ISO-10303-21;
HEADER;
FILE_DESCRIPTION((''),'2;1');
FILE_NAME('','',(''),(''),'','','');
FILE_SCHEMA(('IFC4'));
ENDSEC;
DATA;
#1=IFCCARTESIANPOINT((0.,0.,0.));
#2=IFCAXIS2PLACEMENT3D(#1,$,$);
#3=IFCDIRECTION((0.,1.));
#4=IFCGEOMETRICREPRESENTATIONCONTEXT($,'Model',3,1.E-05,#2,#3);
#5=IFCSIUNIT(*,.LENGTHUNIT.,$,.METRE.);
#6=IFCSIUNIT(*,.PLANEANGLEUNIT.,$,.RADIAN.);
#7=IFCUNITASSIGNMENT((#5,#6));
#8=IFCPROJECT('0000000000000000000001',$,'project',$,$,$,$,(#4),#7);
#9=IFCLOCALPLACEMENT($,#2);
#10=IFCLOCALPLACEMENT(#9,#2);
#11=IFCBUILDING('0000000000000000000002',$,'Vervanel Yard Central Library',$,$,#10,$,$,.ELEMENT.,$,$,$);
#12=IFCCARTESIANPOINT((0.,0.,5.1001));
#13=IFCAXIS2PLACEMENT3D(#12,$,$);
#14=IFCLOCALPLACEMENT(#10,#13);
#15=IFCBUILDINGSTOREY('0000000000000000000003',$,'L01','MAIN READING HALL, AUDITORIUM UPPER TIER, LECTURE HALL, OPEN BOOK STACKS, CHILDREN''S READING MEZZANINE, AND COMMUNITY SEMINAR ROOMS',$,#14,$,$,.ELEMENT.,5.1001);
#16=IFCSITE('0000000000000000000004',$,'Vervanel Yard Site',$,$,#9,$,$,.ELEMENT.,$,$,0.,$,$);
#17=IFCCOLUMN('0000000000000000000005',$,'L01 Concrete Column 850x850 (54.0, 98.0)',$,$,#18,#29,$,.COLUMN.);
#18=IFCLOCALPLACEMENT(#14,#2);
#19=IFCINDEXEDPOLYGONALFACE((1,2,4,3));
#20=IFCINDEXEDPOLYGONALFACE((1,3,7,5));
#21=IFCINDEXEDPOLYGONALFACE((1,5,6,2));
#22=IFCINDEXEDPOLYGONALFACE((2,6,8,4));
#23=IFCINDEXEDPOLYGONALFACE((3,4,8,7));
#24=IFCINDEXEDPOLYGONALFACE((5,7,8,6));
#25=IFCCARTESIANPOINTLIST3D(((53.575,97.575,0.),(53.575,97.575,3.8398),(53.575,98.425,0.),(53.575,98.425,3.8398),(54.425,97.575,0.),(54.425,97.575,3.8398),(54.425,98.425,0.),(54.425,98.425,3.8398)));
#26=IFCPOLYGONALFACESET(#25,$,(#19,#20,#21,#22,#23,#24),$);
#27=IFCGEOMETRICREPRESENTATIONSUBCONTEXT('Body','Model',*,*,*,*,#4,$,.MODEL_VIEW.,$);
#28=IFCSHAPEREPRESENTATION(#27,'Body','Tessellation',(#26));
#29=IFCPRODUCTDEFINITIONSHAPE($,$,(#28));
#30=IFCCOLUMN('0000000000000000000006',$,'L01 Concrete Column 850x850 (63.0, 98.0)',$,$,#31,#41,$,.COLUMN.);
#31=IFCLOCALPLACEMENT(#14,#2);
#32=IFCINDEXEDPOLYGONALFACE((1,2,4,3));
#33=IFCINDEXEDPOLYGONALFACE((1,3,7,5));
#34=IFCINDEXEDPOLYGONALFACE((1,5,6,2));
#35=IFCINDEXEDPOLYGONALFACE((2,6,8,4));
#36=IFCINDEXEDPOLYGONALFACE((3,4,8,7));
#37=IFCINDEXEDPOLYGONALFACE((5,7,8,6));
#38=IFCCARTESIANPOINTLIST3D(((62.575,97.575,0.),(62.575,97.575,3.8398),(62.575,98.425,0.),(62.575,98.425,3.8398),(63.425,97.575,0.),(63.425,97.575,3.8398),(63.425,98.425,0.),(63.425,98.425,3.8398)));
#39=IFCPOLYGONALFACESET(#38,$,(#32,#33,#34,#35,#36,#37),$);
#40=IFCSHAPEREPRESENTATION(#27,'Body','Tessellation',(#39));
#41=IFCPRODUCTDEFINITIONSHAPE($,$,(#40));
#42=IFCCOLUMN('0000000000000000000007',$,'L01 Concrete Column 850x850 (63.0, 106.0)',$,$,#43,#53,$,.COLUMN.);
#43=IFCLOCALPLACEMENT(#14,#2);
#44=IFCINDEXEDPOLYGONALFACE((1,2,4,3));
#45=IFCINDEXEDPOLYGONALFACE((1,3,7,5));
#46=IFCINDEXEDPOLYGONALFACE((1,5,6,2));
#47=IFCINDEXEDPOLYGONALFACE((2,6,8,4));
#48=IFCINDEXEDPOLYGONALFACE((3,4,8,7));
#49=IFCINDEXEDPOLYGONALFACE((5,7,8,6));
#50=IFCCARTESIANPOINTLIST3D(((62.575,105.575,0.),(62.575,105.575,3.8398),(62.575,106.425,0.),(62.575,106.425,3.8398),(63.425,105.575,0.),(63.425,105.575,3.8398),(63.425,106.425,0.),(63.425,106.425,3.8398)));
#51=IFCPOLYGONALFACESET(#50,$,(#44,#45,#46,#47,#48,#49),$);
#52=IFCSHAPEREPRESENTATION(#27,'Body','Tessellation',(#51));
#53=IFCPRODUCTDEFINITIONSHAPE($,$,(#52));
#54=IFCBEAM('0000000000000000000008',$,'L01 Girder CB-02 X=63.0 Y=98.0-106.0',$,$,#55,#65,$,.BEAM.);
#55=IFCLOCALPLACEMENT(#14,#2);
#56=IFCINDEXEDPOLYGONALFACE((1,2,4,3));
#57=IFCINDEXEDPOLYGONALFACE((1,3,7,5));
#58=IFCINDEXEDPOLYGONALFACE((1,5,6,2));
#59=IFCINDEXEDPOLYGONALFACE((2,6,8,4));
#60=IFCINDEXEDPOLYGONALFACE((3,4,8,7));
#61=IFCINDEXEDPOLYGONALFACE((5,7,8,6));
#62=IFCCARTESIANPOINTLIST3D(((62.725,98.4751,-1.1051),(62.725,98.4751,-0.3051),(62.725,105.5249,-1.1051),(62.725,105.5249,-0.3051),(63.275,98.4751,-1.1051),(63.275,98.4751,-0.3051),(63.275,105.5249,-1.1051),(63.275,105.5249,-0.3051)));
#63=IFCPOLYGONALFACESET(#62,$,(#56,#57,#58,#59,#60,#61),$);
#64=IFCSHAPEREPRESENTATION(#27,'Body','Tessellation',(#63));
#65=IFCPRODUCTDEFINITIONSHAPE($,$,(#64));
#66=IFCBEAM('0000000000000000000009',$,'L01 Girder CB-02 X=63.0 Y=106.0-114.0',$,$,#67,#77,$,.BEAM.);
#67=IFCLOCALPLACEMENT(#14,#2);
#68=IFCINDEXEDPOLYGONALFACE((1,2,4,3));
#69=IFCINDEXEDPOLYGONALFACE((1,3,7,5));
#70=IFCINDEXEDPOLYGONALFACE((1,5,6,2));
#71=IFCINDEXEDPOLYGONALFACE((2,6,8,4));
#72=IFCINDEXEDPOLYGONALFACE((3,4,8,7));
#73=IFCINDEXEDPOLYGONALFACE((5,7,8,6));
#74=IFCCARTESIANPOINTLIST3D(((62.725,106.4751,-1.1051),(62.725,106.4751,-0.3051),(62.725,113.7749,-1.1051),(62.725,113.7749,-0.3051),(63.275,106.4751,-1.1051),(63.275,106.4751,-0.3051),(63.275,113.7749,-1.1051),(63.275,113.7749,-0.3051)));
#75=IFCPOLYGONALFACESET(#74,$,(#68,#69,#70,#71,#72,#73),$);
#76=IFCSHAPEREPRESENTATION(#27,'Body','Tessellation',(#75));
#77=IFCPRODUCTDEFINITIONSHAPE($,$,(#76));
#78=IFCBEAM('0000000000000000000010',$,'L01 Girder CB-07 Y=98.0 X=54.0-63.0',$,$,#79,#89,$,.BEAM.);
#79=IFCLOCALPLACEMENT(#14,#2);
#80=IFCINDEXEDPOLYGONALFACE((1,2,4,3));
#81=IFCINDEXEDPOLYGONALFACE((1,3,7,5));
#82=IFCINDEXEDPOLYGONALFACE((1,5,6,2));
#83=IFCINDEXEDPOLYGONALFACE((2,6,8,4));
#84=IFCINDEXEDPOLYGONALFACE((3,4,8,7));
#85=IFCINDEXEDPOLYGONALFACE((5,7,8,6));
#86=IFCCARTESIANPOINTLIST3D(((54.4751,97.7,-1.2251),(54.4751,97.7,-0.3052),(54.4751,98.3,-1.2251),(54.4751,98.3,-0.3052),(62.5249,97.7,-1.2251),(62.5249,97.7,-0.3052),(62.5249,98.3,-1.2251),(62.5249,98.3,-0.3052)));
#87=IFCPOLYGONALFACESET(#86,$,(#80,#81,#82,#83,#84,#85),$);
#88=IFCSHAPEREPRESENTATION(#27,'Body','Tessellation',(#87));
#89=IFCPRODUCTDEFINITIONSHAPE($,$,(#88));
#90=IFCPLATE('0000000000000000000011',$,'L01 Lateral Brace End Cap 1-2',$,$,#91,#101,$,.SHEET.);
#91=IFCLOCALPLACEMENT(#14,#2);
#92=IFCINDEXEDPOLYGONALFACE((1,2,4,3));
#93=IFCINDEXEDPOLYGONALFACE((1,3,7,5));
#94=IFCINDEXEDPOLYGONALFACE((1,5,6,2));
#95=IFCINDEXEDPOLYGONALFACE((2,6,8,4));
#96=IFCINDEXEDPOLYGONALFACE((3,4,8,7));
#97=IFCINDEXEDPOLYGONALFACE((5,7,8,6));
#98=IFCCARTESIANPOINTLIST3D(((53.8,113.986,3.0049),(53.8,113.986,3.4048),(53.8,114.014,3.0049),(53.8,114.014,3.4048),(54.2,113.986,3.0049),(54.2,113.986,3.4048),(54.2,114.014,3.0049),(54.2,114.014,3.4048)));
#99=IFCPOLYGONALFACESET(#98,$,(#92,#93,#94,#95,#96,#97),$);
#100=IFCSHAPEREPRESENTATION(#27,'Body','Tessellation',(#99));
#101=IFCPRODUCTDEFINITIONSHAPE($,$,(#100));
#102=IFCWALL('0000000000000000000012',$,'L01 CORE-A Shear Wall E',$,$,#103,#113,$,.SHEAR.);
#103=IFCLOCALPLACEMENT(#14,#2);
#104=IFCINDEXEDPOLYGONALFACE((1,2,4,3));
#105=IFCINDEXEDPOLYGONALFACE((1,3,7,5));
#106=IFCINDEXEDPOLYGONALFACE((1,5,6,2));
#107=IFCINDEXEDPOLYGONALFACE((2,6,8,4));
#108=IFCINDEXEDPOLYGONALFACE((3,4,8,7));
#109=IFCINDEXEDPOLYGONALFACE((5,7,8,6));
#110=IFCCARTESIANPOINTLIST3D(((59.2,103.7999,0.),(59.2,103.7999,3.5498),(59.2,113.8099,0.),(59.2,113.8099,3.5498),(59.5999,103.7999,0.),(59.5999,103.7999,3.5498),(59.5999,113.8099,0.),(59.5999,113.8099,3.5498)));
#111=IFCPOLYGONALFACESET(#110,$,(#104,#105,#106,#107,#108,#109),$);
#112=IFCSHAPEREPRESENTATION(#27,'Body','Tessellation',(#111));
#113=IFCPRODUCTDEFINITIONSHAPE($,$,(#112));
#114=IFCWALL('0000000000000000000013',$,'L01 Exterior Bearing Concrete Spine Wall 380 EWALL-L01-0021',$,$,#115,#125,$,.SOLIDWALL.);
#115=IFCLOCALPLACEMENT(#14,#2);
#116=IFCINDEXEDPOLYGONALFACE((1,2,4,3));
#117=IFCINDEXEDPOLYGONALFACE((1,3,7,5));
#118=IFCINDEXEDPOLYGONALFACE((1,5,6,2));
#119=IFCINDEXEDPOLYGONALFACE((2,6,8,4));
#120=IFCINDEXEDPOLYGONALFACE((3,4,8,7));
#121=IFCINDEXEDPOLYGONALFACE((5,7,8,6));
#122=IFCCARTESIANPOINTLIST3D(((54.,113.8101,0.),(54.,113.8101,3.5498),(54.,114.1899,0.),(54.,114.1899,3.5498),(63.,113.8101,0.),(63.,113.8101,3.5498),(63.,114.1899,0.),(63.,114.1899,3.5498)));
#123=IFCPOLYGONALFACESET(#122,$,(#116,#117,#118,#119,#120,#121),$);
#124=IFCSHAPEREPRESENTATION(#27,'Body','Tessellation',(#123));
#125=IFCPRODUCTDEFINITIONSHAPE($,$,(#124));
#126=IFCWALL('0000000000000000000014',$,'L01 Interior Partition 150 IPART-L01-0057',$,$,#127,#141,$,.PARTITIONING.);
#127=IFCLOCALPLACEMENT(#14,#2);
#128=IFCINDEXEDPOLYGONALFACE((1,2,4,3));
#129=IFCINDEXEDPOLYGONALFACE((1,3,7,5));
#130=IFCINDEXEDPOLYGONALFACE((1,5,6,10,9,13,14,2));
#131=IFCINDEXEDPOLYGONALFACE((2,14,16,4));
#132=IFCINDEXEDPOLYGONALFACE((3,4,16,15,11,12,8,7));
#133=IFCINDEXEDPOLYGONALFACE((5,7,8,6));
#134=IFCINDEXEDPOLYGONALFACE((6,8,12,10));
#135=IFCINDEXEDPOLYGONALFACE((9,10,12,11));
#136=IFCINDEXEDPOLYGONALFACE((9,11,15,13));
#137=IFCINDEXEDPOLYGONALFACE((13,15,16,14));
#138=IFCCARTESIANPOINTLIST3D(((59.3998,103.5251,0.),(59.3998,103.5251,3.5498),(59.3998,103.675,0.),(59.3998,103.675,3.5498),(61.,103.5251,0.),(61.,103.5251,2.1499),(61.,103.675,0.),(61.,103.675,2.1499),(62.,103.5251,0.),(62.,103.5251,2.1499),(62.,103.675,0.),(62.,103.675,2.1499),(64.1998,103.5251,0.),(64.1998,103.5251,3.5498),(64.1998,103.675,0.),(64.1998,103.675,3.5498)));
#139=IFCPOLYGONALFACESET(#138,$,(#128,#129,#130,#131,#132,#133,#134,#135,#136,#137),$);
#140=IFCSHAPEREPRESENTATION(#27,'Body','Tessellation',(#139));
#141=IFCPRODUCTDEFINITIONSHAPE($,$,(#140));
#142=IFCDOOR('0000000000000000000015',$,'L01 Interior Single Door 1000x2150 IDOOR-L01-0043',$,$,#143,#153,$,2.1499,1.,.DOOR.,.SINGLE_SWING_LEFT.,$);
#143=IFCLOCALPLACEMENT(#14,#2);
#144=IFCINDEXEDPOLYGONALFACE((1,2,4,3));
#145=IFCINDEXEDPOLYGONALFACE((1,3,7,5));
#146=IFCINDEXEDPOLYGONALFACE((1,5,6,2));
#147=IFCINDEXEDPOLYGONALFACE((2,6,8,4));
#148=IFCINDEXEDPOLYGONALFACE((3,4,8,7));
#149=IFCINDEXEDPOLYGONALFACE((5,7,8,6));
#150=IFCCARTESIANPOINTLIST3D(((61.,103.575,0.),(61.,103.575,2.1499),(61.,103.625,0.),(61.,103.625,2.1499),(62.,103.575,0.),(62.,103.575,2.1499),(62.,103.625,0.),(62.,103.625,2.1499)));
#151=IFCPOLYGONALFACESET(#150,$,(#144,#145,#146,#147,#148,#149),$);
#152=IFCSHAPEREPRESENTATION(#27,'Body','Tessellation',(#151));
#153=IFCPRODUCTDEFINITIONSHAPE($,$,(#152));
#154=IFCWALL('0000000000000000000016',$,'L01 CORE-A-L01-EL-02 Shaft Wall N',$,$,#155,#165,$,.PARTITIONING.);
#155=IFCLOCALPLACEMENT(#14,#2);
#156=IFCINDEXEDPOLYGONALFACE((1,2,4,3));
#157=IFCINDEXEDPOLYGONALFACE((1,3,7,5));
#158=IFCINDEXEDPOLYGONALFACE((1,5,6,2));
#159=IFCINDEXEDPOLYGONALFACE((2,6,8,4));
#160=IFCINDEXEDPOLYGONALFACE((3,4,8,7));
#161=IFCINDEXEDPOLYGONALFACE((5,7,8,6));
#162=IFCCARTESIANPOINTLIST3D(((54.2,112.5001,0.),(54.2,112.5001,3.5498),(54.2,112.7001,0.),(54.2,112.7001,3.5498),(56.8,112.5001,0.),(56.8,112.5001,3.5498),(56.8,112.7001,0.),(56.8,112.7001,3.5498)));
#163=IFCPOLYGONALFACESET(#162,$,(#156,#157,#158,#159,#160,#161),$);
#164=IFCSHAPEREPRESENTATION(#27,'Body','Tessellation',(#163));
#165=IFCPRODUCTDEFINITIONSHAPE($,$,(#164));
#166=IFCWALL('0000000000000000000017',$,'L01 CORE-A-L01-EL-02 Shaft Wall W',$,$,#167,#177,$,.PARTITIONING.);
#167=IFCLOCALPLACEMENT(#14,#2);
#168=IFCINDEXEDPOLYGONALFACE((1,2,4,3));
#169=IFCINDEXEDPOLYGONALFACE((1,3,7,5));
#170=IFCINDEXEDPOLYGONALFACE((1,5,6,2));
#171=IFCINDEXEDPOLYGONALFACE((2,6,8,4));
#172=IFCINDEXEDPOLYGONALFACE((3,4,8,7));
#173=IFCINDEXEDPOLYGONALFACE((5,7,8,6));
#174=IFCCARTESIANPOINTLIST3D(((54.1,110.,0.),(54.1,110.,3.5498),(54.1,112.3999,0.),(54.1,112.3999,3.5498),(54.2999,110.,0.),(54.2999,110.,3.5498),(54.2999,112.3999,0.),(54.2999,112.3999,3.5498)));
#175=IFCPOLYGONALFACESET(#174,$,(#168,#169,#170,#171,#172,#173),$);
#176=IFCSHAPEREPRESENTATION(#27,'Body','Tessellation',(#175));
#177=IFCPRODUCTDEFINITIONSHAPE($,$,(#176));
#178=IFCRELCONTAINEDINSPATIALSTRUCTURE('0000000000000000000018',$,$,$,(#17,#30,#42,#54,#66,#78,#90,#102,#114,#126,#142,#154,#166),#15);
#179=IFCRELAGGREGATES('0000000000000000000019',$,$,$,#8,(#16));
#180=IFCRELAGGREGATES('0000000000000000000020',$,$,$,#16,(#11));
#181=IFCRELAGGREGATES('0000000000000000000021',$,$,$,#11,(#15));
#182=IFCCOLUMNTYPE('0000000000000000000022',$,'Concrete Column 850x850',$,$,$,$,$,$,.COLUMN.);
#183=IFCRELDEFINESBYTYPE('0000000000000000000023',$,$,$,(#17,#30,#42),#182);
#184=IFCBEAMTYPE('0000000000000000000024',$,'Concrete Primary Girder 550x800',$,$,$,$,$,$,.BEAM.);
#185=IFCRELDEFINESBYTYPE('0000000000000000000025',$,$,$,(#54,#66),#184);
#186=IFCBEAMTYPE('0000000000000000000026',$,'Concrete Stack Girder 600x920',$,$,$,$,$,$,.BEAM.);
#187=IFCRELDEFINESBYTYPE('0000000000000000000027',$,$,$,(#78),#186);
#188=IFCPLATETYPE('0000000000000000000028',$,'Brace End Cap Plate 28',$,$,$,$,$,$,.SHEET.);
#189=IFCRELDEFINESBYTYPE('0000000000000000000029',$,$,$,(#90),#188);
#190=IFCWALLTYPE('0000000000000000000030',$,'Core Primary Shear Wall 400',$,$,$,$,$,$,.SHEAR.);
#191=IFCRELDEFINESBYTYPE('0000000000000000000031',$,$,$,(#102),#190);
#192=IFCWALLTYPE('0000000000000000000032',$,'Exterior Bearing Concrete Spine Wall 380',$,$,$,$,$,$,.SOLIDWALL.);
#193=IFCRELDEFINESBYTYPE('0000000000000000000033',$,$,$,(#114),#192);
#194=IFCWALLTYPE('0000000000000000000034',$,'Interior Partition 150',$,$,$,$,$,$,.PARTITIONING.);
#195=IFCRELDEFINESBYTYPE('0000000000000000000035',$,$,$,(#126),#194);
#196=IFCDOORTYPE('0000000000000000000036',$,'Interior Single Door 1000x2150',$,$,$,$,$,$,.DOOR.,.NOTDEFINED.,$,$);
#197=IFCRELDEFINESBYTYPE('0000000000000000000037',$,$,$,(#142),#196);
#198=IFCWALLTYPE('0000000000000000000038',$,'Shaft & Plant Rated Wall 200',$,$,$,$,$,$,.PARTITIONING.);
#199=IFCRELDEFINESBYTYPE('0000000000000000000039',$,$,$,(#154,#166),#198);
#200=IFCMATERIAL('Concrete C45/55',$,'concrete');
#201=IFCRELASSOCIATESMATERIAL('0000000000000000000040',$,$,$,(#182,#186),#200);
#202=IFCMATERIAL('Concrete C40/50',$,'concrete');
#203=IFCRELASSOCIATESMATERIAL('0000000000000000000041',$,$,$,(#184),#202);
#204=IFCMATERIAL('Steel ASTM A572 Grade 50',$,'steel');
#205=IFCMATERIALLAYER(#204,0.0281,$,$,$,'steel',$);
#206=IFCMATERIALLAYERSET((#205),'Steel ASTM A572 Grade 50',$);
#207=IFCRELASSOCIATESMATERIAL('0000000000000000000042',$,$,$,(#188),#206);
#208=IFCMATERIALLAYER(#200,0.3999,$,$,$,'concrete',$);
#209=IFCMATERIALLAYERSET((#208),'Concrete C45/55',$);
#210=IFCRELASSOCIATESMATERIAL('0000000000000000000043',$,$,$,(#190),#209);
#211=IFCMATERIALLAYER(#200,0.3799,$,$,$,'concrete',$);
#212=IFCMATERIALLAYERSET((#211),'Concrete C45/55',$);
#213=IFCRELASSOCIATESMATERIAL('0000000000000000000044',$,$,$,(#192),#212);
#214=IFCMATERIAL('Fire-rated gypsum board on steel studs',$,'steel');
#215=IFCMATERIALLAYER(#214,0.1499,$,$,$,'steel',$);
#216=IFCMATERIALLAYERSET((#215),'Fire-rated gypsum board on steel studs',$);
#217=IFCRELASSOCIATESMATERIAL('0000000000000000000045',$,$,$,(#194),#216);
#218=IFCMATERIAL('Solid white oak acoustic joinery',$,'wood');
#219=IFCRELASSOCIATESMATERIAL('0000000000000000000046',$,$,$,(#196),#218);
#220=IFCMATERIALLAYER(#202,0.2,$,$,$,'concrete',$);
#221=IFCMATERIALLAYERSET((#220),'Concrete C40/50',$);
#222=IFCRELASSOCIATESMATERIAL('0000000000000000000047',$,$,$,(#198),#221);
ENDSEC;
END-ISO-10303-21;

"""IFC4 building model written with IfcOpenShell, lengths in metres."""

from ifc_helpers import new_model, si_unit, direction, frame, frame_2d, origin, origin_2d, place, context, subcontext, project, spatial, rectangle, extrude, material, layer, layer_set, material_profile, profile_set, type_object, element, fill, save


model = new_model("IFC4")

# Units and contexts
model_context = context("Model", 3, precision=1e-05, world=origin(), true_north=direction((0.0, 1.0)))
body_context = subcontext(model_context, "Body", "Model", "MODEL_VIEW")
ifc_project = project(units=[si_unit("LENGTHUNIT", "METRE"), si_unit("PLANEANGLEUNIT", "RADIAN")], contexts=[model_context])

# Site, building, storey
site_placement = place(None, origin())
site = spatial("IfcSite", under=ifc_project, at=site_placement, Name="Vervanel Yard Site", CompositionType="ELEMENT", RefElevation=0.0)
building_placement = place(site_placement, origin())
building = spatial("IfcBuilding", under=site, at=building_placement, Name="Vervanel Yard Central Library", CompositionType="ELEMENT")
storey_placement = place(building_placement, frame((0.0, 0.0, 5.1001)))
storey = spatial("IfcBuildingStorey", under=building, at=storey_placement, Name="L01", Description="MAIN READING HALL, AUDITORIUM UPPER TIER, LECTURE HALL, OPEN BOOK STACKS, CHILDREN'S READING MEZZANINE, AND COMMUNITY SEMINAR ROOMS", CompositionType="ELEMENT", Elevation=5.1001)

# Columns
ifc_material_1 = material(Name="Concrete C45/55", Category="concrete")
ifc_material_profile_1 = material_profile(ifc_material_1, rectangle(XDim=0.8501, YDim=0.8501, at=origin_2d()), Name="RC 850x850", Category="concrete")
ifc_profile_set_1 = profile_set([ifc_material_profile_1], Name="Concrete C45/55")
column_type = type_object("IfcColumnType", Name="Concrete Column 850x850", PredefinedType="COLUMN", material=ifc_profile_set_1)
for number, where, z_axis, x_axis, name in (
    (1, (54.0, 98.0, 0.0), (0.0, 0.0, 1.0), (1.0, 0.0, 0.0), "L01 Concrete Column 850x850 (54.0, 98.0)"),
    (2, (63.0, 98.0, 0.0), (0.0, 0.0, 1.0), (1.0, 0.0, 0.0), "L01 Concrete Column 850x850 (63.0, 98.0)"),
    (3, (63.0, 106.0, 0.0), (0.0, 0.0, 1.0), (1.0, 0.0, 0.0), "L01 Concrete Column 850x850 (63.0, 106.0)"),
):
    element("IfcColumn", number, at=place(storey_placement, frame(where, z_axis=z_axis, x_axis=x_axis)), inside=storey, type_object=column_type, Name=name, PredefinedType="COLUMN", context=body_context, shape_type="SweptSolid", body=[
        extrude(rectangle(XDim=0.8501, YDim=0.8501, at=origin_2d()), origin(), (0.0, 0.0, 1.0), 3.8398),
    ])

# Beams
ifc_material_2 = material(Name="Concrete C40/50", Category="concrete")
ifc_material_profile_2 = material_profile(ifc_material_2, rectangle(XDim=0.55, YDim=0.8, at=origin_2d()), Name="RC 550x800", Category="concrete")
ifc_profile_set_2 = profile_set([ifc_material_profile_2], Name="Concrete C40/50")
beam_type_1 = type_object("IfcBeamType", Name="Concrete Primary Girder 550x800", PredefinedType="BEAM", material=ifc_profile_set_2)
beam_1_placement = place(storey_placement, frame((63.0, 98.4751, -0.7051), z_axis=(0.0, 1.0, 0.0), x_axis=(-1.0, 0.0, 0.0)))
element("IfcBeam", 4, at=beam_1_placement, inside=storey, type_object=beam_type_1, Name="L01 Girder CB-02 X=63.0 Y=98.0-106.0", PredefinedType="BEAM", context=body_context, shape_type="SweptSolid", body=[
    extrude(rectangle(XDim=0.55, YDim=0.8, at=origin_2d()), origin(), (0.0, 0.0, 1.0), 7.0498),
])
beam_2_placement = place(storey_placement, frame((63.0, 106.4751, -0.7051), z_axis=(0.0, 1.0, 0.0), x_axis=(-1.0, 0.0, 0.0)))
element("IfcBeam", 5, at=beam_2_placement, inside=storey, type_object=beam_type_1, Name="L01 Girder CB-02 X=63.0 Y=106.0-114.0", PredefinedType="BEAM", context=body_context, shape_type="SweptSolid", body=[
    extrude(rectangle(XDim=0.55, YDim=0.8, at=origin_2d()), origin(), (0.0, 0.0, 1.0), 7.2998),
])
ifc_material_profile_3 = material_profile(ifc_material_1, rectangle(XDim=0.6001, YDim=0.9199, at=origin_2d()), Name="RC 600x920", Category="concrete")
ifc_profile_set_3 = profile_set([ifc_material_profile_3], Name="Concrete C45/55")
beam_type_2 = type_object("IfcBeamType", Name="Concrete Stack Girder 600x920", PredefinedType="BEAM", material=ifc_profile_set_3)
beam_3_placement = place(storey_placement, frame((54.4751, 98.0, -0.7651), z_axis=(1.0, 0.0, 0.0), x_axis=(0.0, 1.0, 0.0)))
element("IfcBeam", 6, at=beam_3_placement, inside=storey, type_object=beam_type_2, Name="L01 Girder CB-07 Y=98.0 X=54.0-63.0", PredefinedType="BEAM", context=body_context, shape_type="SweptSolid", body=[
    extrude(rectangle(XDim=0.6001, YDim=0.9199, at=origin_2d()), origin(), (0.0, 0.0, 1.0), 8.0498),
])

# Plate
ifc_material_3 = material(Name="Steel ASTM A572 Grade 50", Category="steel")
ifc_layer_1 = layer(ifc_material_3, 0.0281, Category="steel")
ifc_layer_set_1 = layer_set([ifc_layer_1], Name="Steel ASTM A572 Grade 50")
plate_type = type_object("IfcPlateType", Name="Brace End Cap Plate 28", PredefinedType="SHEET", material=ifc_layer_set_1)
plate_placement = place(storey_placement, frame((54.0, 114.0, 3.0049), z_axis=(0.0, 0.0, 1.0), x_axis=(1.0, 0.0, 0.0)))
element("IfcPlate", 7, at=plate_placement, inside=storey, type_object=plate_type, Name="L01 Lateral Brace End Cap 1-2", PredefinedType="SHEET", context=body_context, shape_type="SweptSolid", body=[
    extrude(rectangle(XDim=0.3999, YDim=0.0281, at=origin_2d()), origin(), (0.0, 0.0, 1.0), 0.3999),
])

# Walls
ifc_layer_2 = layer(ifc_material_1, 0.3999, Category="concrete")
ifc_layer_set_2 = layer_set([ifc_layer_2], Name="Concrete C45/55")
wall_type_1 = type_object("IfcWallType", Name="Core Primary Shear Wall 400", PredefinedType="SHEAR", material=ifc_layer_set_2)
wall_1_placement = place(storey_placement, frame((59.3999, 103.8, 0.0), z_axis=(0.0, 0.0, 1.0), x_axis=(0.0, 1.0, 0.0)))
element("IfcWall", 8, at=wall_1_placement, inside=storey, type_object=wall_type_1, Name="L01 CORE-A Shear Wall E", PredefinedType="SHEAR", context=body_context, shape_type="SweptSolid", body=[
    extrude(rectangle(XDim=10.01, YDim=0.3999, at=frame_2d((5.0049, 0.0))), origin(), (0.0, 0.0, 1.0), 3.5498),
])
ifc_layer_3 = layer(ifc_material_1, 0.3799, Category="concrete")
ifc_layer_set_3 = layer_set([ifc_layer_3], Name="Concrete C45/55")
wall_type_2 = type_object("IfcWallType", Name="Exterior Bearing Concrete Spine Wall 380", PredefinedType="SOLIDWALL", material=ifc_layer_set_3)
wall_2_placement = place(storey_placement, frame((54.0, 114.0, 0.0), z_axis=(0.0, 0.0, 1.0), x_axis=(1.0, 0.0, 0.0)))
element("IfcWall", 9, at=wall_2_placement, inside=storey, type_object=wall_type_2, Name="L01 Exterior Bearing Concrete Spine Wall 380 EWALL-L01-0021", PredefinedType="SOLIDWALL", context=body_context, shape_type="SweptSolid", body=[
    extrude(rectangle(XDim=9.0, YDim=0.3799, at=frame_2d((4.5, 0.0))), origin(), (0.0, 0.0, 1.0), 3.5498),
])

# Wall, opening, door
ifc_material_4 = material(Name="Fire-rated gypsum board on steel studs", Category="steel")
ifc_layer_4 = layer(ifc_material_4, 0.1499, Category="steel")
ifc_layer_set_4 = layer_set([ifc_layer_4], Name="Fire-rated gypsum board on steel studs")
wall_type_3 = type_object("IfcWallType", Name="Interior Partition 150", PredefinedType="PARTITIONING", material=ifc_layer_set_4)
wall_3_placement = place(storey_placement, frame((59.3999, 103.6001, 0.0), z_axis=(0.0, 0.0, 1.0), x_axis=(1.0, 0.0, 0.0)))
wall_3 = element("IfcWall", 10, at=wall_3_placement, inside=storey, type_object=wall_type_3, Name="L01 Interior Partition 150 IPART-L01-0057", PredefinedType="PARTITIONING", context=body_context, shape_type="SweptSolid", body=[
    extrude(rectangle(XDim=4.8, YDim=0.1499, at=frame_2d((2.3999, 0.0))), origin(), (0.0, 0.0, 1.0), 3.5498),
])
opening_1_placement = place(wall_3_placement, frame((1.6001, 0.0, 0.0)))
opening_1 = element("IfcOpeningElement", 11, at=opening_1_placement, cuts=wall_3, PredefinedType="OPENING", context=body_context, shape_type="SweptSolid", body=[
    extrude(rectangle(XDim=1.0, YDim=2.1499, at=frame_2d((0.5, 1.075))), frame((0.0, 0.085, 0.0), z_axis=(0.0, -1.0, 0.0), x_axis=(1.0, 0.0, 0.0)), (0.0, 0.0, 1.0), 0.1699),
])
ifc_material_5 = material(Name="Solid white oak acoustic joinery", Category="wood")
door_type_1 = type_object("IfcDoorType", Name="Interior Single Door 1000x2150", OperationType="NOTDEFINED", PredefinedType="DOOR", material=ifc_material_5)
door_1_placement = place(opening_1_placement, origin())
door_1 = element("IfcDoor", 12, at=door_1_placement, inside=storey, type_object=door_type_1, Name="L01 Interior Single Door 1000x2150 IDOOR-L01-0043", OperationType="SINGLE_SWING_LEFT", OverallHeight=2.1499, OverallWidth=1.0, PredefinedType="DOOR", context=body_context, shape_type="SweptSolid", body=[
    extrude(rectangle(XDim=1.0, YDim=2.1499, at=frame_2d((0.5, 1.075))), frame((0.0, 0.0249, 0.0), z_axis=(0.0, -1.0, 0.0), x_axis=(1.0, 0.0, 0.0)), (0.0, 0.0, 1.0), 0.05),
])
fill(opening_1, door_1)
ifc_layer_5 = layer(ifc_material_2, 0.2, Category="concrete")
ifc_layer_set_5 = layer_set([ifc_layer_5], Name="Concrete C40/50")
wall_type_4 = type_object("IfcWallType", Name="Shaft & Plant Rated Wall 200", PredefinedType="PARTITIONING", material=ifc_layer_set_5)

# Walls
wall_4_placement = place(storey_placement, frame((54.2, 112.6001, 0.0), z_axis=(0.0, 0.0, 1.0), x_axis=(1.0, 0.0, 0.0)))
element("IfcWall", 13, at=wall_4_placement, inside=storey, type_object=wall_type_4, Name="L01 CORE-A-L01-EL-02 Shaft Wall N", PredefinedType="PARTITIONING", context=body_context, shape_type="SweptSolid", body=[
    extrude(rectangle(XDim=2.6001, YDim=0.2, at=frame_2d((1.3, 0.0))), origin(), (0.0, 0.0, 1.0), 3.5498),
])
for number, where, z_axis, x_axis, name in (
    (14, (54.2, 110.0, 0.0), (0.0, 0.0, 1.0), (0.0, 1.0, 0.0), "L01 CORE-A-L01-EL-02 Shaft Wall W"),
):
    element("IfcWall", number, at=place(storey_placement, frame(where, z_axis=z_axis, x_axis=x_axis)), inside=storey, type_object=wall_type_4, Name=name, PredefinedType="PARTITIONING", context=body_context, shape_type="SweptSolid", body=[
        extrude(rectangle(XDim=2.3999, YDim=0.2, at=frame_2d((1.2, 0.0))), origin(), (0.0, 0.0, 1.0), 3.5498),
    ])

save(model, "model.ifc")
